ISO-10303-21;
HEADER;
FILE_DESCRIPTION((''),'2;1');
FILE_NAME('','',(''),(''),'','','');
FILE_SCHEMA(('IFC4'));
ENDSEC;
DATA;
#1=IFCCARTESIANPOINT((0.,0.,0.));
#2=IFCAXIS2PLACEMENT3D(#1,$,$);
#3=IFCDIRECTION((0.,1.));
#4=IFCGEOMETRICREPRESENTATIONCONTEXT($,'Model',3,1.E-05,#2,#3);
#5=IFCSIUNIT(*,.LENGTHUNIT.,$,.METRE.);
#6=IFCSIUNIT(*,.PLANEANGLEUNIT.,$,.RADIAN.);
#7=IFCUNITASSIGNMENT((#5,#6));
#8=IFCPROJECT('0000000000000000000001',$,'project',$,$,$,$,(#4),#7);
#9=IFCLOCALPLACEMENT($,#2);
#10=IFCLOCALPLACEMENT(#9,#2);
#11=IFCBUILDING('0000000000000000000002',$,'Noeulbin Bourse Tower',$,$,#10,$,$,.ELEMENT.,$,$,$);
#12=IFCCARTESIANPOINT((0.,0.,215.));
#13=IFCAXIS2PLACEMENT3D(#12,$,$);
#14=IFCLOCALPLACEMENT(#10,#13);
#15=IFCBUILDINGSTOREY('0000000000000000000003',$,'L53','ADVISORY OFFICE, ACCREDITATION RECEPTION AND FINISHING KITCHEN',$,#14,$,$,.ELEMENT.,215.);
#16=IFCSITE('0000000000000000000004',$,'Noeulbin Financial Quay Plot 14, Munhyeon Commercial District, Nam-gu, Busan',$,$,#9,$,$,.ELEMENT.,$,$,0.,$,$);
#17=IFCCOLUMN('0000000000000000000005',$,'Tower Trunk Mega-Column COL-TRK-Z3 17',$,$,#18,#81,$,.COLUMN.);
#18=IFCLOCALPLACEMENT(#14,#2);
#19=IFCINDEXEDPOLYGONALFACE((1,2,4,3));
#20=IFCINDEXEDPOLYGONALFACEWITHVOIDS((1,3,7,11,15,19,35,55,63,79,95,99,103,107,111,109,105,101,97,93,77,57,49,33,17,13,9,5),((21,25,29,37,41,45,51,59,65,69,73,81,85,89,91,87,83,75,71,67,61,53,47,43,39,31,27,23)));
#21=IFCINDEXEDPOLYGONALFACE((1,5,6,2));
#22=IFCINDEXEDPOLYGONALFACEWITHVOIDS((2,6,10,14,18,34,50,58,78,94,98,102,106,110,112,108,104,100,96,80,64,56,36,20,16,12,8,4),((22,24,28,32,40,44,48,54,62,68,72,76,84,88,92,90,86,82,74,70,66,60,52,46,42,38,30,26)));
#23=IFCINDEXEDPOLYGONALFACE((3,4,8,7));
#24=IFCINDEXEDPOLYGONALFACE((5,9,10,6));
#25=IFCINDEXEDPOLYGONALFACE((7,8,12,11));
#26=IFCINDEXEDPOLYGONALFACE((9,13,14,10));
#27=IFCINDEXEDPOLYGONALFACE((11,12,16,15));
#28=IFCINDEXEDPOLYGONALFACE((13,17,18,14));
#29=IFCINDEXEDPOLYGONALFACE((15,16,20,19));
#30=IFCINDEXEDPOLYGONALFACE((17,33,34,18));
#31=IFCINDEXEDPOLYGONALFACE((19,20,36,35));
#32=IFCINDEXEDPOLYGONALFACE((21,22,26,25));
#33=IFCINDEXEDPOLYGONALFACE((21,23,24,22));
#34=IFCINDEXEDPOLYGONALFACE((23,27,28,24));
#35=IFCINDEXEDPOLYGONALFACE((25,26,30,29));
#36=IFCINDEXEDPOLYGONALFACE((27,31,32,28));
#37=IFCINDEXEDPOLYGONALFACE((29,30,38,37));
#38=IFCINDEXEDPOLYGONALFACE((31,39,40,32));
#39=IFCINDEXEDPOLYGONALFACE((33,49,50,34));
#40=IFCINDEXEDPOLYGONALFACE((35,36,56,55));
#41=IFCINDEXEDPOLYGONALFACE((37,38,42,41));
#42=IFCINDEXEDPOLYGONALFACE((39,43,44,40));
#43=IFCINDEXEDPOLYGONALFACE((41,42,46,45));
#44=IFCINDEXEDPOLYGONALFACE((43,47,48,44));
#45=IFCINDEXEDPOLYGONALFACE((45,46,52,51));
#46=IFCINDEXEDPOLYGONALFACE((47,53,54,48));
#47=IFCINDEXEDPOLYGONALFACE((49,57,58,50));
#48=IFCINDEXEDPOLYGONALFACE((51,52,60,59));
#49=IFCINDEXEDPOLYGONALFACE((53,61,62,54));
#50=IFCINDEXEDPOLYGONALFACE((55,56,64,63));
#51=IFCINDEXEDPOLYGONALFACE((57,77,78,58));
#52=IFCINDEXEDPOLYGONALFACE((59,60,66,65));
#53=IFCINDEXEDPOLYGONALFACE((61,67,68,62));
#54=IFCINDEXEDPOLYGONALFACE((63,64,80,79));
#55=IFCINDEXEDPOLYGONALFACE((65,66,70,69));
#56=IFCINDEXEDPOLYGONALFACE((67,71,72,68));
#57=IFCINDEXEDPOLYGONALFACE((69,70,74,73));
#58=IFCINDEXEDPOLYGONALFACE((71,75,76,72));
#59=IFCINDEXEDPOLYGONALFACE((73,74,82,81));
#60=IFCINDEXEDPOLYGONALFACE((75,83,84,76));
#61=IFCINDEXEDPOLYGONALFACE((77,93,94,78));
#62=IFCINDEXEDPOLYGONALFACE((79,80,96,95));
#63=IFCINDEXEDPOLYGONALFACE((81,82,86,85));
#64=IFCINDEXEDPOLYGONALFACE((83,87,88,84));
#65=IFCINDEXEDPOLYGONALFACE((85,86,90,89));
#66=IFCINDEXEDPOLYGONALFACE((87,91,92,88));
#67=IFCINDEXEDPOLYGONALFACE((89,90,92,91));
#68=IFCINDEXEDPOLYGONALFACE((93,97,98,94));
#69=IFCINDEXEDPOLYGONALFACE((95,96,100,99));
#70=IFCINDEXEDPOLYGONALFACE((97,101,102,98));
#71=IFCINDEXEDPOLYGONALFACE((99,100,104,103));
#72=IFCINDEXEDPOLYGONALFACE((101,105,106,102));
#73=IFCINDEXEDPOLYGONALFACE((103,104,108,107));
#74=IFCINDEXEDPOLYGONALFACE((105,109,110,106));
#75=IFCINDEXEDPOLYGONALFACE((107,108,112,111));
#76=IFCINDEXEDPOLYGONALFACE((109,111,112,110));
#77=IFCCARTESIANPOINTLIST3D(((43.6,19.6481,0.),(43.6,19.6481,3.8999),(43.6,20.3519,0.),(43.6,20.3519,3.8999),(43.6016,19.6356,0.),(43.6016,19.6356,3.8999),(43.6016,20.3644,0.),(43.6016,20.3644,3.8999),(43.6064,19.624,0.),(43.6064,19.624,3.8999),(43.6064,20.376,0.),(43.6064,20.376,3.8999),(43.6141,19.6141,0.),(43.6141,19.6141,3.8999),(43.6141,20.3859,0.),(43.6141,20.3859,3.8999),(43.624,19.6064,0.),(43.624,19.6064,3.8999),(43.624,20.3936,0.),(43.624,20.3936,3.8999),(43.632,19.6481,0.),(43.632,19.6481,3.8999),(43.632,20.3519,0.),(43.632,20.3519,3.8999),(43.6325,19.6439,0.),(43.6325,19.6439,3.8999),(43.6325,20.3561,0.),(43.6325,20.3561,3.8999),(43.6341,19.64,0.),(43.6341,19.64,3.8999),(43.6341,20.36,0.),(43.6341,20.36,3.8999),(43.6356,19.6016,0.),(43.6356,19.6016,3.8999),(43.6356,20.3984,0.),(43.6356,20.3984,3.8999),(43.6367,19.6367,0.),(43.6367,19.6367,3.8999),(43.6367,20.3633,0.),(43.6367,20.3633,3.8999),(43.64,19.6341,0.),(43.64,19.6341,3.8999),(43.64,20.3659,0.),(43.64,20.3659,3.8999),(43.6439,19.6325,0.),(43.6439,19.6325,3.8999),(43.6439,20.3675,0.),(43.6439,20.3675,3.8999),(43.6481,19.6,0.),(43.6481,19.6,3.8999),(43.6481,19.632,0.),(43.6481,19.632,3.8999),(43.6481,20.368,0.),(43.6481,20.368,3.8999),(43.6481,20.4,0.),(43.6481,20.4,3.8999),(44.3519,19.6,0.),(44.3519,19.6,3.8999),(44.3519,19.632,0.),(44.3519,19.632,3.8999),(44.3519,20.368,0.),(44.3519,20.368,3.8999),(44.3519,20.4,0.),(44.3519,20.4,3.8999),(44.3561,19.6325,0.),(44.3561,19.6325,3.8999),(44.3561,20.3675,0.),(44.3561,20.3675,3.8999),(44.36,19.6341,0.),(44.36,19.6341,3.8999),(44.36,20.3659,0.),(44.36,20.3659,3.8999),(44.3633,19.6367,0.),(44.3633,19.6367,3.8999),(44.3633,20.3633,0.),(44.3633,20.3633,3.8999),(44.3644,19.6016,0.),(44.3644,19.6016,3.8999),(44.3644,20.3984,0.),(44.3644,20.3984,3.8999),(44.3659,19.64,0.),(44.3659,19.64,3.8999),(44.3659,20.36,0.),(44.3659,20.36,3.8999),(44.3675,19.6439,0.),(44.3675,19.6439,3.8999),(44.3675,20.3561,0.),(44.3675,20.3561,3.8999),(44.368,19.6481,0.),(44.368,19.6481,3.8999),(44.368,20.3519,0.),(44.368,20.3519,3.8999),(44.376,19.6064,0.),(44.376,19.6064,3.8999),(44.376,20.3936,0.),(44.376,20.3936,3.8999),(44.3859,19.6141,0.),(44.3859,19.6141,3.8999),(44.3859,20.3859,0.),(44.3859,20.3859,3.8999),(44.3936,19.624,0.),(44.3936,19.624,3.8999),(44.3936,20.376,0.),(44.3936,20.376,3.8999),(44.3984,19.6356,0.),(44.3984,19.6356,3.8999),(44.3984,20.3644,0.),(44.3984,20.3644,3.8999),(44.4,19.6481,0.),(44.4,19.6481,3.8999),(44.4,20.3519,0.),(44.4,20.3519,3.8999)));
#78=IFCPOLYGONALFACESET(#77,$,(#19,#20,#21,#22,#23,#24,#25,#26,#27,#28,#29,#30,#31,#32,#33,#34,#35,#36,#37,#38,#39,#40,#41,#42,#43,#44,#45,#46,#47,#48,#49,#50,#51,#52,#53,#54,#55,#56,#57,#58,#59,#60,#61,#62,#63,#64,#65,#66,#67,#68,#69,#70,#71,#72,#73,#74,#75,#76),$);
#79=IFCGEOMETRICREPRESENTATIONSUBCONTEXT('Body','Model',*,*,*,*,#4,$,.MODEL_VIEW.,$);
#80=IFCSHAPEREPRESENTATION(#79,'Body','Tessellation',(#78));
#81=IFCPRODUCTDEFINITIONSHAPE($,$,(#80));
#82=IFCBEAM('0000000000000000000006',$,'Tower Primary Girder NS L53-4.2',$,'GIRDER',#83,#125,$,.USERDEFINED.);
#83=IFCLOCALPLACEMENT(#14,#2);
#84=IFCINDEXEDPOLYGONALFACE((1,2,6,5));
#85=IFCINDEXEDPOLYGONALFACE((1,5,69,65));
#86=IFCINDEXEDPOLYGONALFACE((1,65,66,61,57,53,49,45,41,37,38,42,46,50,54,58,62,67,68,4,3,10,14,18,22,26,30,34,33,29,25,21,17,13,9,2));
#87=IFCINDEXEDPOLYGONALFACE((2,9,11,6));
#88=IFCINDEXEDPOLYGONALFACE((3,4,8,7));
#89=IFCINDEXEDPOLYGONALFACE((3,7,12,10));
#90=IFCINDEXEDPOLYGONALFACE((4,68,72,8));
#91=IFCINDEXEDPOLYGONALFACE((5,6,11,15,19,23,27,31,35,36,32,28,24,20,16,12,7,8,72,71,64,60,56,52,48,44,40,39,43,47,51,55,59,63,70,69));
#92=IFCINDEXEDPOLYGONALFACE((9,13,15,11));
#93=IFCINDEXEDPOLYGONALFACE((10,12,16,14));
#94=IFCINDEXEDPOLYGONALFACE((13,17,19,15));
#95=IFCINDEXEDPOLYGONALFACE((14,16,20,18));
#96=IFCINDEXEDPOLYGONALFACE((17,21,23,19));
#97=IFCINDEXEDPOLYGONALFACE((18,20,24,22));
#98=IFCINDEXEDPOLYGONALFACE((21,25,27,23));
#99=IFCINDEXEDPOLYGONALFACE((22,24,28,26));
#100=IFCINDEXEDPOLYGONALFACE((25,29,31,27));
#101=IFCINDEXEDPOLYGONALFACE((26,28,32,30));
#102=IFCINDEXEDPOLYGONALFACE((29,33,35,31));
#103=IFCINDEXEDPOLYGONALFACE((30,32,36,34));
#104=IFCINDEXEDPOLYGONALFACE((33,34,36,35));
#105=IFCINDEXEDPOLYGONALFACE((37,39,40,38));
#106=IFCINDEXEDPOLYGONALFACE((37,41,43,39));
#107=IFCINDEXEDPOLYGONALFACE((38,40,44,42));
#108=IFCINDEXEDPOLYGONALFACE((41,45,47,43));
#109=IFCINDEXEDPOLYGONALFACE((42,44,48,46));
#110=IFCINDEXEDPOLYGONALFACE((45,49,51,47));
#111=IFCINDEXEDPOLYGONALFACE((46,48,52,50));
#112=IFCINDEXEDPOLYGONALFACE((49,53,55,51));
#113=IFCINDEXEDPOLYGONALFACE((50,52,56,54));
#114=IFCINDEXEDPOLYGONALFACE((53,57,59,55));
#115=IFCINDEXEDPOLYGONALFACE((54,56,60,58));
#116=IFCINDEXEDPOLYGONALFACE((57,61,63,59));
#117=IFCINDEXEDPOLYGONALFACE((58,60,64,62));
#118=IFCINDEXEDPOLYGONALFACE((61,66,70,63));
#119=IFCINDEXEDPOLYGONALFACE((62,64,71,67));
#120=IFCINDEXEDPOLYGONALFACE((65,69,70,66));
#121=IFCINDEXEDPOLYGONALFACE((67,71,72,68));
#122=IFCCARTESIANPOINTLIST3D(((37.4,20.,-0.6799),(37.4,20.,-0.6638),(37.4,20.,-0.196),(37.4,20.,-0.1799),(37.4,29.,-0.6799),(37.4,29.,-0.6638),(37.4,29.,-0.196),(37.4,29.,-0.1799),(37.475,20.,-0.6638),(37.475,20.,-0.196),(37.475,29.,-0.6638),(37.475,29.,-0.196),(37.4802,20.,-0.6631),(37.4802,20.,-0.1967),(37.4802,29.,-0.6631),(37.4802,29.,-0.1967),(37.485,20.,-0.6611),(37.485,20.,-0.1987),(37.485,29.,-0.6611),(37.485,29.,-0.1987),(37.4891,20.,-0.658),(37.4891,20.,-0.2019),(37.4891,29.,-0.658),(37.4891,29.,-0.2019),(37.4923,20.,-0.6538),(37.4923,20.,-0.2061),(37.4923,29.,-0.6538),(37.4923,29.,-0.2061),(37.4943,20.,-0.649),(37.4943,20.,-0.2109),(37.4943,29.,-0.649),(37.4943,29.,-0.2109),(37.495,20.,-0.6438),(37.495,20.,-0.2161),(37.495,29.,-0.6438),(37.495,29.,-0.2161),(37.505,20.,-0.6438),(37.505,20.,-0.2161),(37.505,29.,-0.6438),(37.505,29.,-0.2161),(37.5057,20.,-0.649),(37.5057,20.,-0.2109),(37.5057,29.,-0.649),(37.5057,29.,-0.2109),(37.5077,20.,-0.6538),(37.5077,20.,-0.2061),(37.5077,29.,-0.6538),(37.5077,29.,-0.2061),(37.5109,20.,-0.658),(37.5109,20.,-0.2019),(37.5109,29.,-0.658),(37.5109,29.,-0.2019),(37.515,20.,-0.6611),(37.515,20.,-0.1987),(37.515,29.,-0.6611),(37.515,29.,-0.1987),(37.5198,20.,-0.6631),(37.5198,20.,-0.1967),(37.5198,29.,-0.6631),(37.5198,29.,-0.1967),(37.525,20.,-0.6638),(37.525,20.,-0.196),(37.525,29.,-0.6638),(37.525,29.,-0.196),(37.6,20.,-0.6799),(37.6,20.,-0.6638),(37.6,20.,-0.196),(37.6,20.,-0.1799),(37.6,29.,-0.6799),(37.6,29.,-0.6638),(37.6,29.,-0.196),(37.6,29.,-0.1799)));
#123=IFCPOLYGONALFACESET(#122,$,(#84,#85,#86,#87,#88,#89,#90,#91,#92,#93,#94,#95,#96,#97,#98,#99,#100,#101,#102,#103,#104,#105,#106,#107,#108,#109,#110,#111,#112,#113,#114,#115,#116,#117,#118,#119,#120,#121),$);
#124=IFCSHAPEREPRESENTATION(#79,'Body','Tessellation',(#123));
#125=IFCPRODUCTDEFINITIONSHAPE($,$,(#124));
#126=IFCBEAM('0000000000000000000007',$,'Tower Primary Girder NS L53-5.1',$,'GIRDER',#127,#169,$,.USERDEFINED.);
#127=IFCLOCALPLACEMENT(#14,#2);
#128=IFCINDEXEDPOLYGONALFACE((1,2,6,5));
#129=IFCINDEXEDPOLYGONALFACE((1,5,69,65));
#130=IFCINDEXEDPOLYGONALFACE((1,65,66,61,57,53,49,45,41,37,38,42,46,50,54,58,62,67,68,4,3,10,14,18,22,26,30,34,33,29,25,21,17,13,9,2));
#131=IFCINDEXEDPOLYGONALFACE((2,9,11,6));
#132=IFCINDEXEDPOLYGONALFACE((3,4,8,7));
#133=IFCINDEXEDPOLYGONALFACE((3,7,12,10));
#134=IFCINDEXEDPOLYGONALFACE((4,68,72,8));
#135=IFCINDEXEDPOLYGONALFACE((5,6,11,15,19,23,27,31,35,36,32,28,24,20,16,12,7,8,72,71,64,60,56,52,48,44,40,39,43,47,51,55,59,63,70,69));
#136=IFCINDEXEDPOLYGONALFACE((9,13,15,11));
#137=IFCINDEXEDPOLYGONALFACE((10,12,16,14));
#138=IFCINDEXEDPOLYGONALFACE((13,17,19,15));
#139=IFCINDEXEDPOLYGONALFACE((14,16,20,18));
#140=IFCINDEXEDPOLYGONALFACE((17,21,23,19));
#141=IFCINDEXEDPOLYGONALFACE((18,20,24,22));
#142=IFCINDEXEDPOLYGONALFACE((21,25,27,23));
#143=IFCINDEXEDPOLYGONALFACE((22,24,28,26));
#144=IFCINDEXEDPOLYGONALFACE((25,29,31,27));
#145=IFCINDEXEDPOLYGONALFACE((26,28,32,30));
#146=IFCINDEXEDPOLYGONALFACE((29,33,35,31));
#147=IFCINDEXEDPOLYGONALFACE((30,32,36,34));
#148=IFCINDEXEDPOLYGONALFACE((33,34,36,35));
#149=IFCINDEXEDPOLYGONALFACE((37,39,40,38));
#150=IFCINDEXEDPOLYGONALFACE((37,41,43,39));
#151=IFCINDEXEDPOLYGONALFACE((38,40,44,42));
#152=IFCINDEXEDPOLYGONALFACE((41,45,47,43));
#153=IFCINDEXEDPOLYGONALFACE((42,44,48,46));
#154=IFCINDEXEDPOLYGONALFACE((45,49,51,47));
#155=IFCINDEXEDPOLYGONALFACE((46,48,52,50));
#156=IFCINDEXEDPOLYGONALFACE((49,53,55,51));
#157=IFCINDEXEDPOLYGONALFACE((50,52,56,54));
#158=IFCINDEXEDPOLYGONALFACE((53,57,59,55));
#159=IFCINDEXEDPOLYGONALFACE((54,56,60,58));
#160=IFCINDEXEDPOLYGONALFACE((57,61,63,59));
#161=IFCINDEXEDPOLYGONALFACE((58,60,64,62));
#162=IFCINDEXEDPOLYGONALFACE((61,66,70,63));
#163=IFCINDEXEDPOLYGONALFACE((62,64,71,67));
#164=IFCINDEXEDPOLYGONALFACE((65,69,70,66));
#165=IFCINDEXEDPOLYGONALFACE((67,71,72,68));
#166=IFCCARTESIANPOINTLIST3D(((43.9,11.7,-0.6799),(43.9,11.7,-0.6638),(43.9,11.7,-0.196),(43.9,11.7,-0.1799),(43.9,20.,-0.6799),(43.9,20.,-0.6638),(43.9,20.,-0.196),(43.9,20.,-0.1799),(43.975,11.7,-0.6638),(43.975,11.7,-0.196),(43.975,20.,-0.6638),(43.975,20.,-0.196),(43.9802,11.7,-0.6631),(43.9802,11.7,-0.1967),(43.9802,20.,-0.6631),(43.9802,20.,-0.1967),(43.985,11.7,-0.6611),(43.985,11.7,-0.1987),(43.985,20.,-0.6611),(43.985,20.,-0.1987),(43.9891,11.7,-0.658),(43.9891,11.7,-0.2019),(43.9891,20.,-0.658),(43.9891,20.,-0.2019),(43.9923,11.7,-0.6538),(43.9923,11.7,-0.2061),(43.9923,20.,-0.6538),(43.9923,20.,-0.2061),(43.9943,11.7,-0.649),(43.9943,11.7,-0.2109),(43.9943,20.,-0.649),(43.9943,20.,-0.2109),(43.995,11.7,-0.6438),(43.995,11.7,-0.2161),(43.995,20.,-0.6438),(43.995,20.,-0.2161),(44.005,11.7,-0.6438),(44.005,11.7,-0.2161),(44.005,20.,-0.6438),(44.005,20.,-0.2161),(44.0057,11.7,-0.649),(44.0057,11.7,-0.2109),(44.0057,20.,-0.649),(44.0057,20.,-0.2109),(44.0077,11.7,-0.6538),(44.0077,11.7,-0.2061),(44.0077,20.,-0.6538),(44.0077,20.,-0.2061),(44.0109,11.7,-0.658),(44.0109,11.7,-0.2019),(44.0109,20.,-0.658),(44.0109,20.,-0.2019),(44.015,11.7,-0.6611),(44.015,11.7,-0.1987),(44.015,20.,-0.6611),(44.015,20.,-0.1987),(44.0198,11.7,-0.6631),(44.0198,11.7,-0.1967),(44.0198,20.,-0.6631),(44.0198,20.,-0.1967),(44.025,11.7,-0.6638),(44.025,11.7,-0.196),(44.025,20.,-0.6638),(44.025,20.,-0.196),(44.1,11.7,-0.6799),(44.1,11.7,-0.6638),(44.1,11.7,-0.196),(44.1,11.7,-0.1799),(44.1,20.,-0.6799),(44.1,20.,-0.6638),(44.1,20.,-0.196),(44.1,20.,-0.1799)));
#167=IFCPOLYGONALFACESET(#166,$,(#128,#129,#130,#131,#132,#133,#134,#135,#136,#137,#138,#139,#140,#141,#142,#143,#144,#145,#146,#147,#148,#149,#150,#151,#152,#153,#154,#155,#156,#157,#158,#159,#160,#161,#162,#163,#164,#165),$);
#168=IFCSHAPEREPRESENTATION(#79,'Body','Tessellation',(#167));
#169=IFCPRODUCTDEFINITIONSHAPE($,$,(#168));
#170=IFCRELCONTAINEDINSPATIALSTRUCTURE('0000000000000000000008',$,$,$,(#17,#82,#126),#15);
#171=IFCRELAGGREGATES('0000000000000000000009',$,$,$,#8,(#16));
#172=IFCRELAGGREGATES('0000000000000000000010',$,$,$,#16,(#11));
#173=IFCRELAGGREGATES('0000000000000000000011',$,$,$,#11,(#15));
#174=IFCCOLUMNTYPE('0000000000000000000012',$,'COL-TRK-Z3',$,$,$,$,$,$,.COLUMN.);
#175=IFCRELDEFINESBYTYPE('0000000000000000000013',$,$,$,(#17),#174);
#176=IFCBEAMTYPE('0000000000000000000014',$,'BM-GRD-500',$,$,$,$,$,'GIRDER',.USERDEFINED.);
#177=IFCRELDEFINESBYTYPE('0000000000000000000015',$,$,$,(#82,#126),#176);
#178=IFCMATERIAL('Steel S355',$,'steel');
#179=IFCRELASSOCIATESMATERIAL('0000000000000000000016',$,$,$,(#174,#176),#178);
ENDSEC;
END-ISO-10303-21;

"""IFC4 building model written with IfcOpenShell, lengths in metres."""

from ifc_helpers import new_model, si_unit, direction, frame, origin, origin_2d, place, context, subcontext, project, spatial, hollow_rectangle, i_section, extrude, material, material_profile, profile_set, type_object, element, save


model = new_model("IFC4")

# Units and contexts
model_context = context("Model", 3, precision=1e-05, world=origin(), true_north=direction((0.0, 1.0)))
body_context = subcontext(model_context, "Body", "Model", "MODEL_VIEW")
ifc_project = project(units=[si_unit("LENGTHUNIT", "METRE"), si_unit("PLANEANGLEUNIT", "RADIAN")], contexts=[model_context])

# Site, building, storey
site_placement = place(None, origin())
site = spatial("IfcSite", under=ifc_project, at=site_placement, Name="Noeulbin Financial Quay Plot 14, Munhyeon Commercial District, Nam-gu, Busan", CompositionType="ELEMENT", RefElevation=0.0)
building_placement = place(site_placement, origin())
building = spatial("IfcBuilding", under=site, at=building_placement, Name="Noeulbin Bourse Tower", CompositionType="ELEMENT")
storey_placement = place(building_placement, frame((0.0, 0.0, 215.0)))
storey = spatial("IfcBuildingStorey", under=building, at=storey_placement, Name="L53", Description="ADVISORY OFFICE, ACCREDITATION RECEPTION AND FINISHING KITCHEN", CompositionType="ELEMENT", Elevation=215.0)

# Column
ifc_material_1 = material(Name="Steel S355", Category="steel")
ifc_material_profile_1 = material_profile(ifc_material_1, hollow_rectangle(XDim=0.8, YDim=0.8, WallThickness=0.032, InnerFilletRadius=0.0161, OuterFilletRadius=0.0481, at=origin_2d()), Name="BOX-800x800x32", Category="LoadBearing")
ifc_profile_set_1 = profile_set([ifc_material_profile_1], Name="Steel S355")
column_type_1 = type_object("IfcColumnType", Name="COL-TRK-Z3", PredefinedType="COLUMN", material=ifc_profile_set_1)
column_placement = place(storey_placement, frame((44.0, 20.0, 0.0), z_axis=(0.0, 0.0, 1.0), x_axis=(1.0, 0.0, 0.0)))
element("IfcColumn", 1, at=column_placement, inside=storey, type_object=column_type_1, Name="Tower Trunk Mega-Column COL-TRK-Z3 17", PredefinedType="COLUMN", context=body_context, shape_type="SweptSolid", body=[
    extrude(hollow_rectangle(XDim=0.8, YDim=0.8, WallThickness=0.032, InnerFilletRadius=0.0161, OuterFilletRadius=0.0481, at=origin_2d()), origin(), (0.0, 0.0, 1.0), 3.8999),
])

# Beams
ifc_material_profile_2 = material_profile(ifc_material_1, i_section(OverallWidth=0.2, OverallDepth=0.5, WebThickness=0.01, FlangeThickness=0.0161, FilletRadius=0.02, at=origin_2d()), Name="H-500x200x10x16", Category="LoadBearing")
ifc_profile_set_2 = profile_set([ifc_material_profile_2], Name="Steel S355")
beam_type_1 = type_object("IfcBeamType", Name="BM-GRD-500", ElementType="GIRDER", PredefinedType="USERDEFINED", material=ifc_profile_set_2)
beam_1_placement = place(storey_placement, frame((37.5, 20.0, -0.4299), z_axis=(0.0, 1.0, 0.0), x_axis=(-1.0, 0.0, 0.0)))
element("IfcBeam", 2, at=beam_1_placement, inside=storey, type_object=beam_type_1, Name="Tower Primary Girder NS L53-4.2", ObjectType="GIRDER", PredefinedType="USERDEFINED", context=body_context, shape_type="SweptSolid", body=[
    extrude(i_section(OverallWidth=0.2, OverallDepth=0.5, WebThickness=0.01, FlangeThickness=0.0161, FilletRadius=0.02, at=origin_2d()), origin(), (0.0, 0.0, 1.0), 9.0),
])
beam_2_placement = place(storey_placement, frame((44.0, 11.7, -0.4299), z_axis=(0.0, 1.0, 0.0), x_axis=(-1.0, 0.0, 0.0)))
element("IfcBeam", 3, at=beam_2_placement, inside=storey, type_object=beam_type_1, Name="Tower Primary Girder NS L53-5.1", ObjectType="GIRDER", PredefinedType="USERDEFINED", context=body_context, shape_type="SweptSolid", body=[
    extrude(i_section(OverallWidth=0.2, OverallDepth=0.5, WebThickness=0.01, FlangeThickness=0.0161, FilletRadius=0.02, at=origin_2d()), origin(), (0.0, 0.0, 1.0), 8.3),
])

save(model, "model.ifc")
